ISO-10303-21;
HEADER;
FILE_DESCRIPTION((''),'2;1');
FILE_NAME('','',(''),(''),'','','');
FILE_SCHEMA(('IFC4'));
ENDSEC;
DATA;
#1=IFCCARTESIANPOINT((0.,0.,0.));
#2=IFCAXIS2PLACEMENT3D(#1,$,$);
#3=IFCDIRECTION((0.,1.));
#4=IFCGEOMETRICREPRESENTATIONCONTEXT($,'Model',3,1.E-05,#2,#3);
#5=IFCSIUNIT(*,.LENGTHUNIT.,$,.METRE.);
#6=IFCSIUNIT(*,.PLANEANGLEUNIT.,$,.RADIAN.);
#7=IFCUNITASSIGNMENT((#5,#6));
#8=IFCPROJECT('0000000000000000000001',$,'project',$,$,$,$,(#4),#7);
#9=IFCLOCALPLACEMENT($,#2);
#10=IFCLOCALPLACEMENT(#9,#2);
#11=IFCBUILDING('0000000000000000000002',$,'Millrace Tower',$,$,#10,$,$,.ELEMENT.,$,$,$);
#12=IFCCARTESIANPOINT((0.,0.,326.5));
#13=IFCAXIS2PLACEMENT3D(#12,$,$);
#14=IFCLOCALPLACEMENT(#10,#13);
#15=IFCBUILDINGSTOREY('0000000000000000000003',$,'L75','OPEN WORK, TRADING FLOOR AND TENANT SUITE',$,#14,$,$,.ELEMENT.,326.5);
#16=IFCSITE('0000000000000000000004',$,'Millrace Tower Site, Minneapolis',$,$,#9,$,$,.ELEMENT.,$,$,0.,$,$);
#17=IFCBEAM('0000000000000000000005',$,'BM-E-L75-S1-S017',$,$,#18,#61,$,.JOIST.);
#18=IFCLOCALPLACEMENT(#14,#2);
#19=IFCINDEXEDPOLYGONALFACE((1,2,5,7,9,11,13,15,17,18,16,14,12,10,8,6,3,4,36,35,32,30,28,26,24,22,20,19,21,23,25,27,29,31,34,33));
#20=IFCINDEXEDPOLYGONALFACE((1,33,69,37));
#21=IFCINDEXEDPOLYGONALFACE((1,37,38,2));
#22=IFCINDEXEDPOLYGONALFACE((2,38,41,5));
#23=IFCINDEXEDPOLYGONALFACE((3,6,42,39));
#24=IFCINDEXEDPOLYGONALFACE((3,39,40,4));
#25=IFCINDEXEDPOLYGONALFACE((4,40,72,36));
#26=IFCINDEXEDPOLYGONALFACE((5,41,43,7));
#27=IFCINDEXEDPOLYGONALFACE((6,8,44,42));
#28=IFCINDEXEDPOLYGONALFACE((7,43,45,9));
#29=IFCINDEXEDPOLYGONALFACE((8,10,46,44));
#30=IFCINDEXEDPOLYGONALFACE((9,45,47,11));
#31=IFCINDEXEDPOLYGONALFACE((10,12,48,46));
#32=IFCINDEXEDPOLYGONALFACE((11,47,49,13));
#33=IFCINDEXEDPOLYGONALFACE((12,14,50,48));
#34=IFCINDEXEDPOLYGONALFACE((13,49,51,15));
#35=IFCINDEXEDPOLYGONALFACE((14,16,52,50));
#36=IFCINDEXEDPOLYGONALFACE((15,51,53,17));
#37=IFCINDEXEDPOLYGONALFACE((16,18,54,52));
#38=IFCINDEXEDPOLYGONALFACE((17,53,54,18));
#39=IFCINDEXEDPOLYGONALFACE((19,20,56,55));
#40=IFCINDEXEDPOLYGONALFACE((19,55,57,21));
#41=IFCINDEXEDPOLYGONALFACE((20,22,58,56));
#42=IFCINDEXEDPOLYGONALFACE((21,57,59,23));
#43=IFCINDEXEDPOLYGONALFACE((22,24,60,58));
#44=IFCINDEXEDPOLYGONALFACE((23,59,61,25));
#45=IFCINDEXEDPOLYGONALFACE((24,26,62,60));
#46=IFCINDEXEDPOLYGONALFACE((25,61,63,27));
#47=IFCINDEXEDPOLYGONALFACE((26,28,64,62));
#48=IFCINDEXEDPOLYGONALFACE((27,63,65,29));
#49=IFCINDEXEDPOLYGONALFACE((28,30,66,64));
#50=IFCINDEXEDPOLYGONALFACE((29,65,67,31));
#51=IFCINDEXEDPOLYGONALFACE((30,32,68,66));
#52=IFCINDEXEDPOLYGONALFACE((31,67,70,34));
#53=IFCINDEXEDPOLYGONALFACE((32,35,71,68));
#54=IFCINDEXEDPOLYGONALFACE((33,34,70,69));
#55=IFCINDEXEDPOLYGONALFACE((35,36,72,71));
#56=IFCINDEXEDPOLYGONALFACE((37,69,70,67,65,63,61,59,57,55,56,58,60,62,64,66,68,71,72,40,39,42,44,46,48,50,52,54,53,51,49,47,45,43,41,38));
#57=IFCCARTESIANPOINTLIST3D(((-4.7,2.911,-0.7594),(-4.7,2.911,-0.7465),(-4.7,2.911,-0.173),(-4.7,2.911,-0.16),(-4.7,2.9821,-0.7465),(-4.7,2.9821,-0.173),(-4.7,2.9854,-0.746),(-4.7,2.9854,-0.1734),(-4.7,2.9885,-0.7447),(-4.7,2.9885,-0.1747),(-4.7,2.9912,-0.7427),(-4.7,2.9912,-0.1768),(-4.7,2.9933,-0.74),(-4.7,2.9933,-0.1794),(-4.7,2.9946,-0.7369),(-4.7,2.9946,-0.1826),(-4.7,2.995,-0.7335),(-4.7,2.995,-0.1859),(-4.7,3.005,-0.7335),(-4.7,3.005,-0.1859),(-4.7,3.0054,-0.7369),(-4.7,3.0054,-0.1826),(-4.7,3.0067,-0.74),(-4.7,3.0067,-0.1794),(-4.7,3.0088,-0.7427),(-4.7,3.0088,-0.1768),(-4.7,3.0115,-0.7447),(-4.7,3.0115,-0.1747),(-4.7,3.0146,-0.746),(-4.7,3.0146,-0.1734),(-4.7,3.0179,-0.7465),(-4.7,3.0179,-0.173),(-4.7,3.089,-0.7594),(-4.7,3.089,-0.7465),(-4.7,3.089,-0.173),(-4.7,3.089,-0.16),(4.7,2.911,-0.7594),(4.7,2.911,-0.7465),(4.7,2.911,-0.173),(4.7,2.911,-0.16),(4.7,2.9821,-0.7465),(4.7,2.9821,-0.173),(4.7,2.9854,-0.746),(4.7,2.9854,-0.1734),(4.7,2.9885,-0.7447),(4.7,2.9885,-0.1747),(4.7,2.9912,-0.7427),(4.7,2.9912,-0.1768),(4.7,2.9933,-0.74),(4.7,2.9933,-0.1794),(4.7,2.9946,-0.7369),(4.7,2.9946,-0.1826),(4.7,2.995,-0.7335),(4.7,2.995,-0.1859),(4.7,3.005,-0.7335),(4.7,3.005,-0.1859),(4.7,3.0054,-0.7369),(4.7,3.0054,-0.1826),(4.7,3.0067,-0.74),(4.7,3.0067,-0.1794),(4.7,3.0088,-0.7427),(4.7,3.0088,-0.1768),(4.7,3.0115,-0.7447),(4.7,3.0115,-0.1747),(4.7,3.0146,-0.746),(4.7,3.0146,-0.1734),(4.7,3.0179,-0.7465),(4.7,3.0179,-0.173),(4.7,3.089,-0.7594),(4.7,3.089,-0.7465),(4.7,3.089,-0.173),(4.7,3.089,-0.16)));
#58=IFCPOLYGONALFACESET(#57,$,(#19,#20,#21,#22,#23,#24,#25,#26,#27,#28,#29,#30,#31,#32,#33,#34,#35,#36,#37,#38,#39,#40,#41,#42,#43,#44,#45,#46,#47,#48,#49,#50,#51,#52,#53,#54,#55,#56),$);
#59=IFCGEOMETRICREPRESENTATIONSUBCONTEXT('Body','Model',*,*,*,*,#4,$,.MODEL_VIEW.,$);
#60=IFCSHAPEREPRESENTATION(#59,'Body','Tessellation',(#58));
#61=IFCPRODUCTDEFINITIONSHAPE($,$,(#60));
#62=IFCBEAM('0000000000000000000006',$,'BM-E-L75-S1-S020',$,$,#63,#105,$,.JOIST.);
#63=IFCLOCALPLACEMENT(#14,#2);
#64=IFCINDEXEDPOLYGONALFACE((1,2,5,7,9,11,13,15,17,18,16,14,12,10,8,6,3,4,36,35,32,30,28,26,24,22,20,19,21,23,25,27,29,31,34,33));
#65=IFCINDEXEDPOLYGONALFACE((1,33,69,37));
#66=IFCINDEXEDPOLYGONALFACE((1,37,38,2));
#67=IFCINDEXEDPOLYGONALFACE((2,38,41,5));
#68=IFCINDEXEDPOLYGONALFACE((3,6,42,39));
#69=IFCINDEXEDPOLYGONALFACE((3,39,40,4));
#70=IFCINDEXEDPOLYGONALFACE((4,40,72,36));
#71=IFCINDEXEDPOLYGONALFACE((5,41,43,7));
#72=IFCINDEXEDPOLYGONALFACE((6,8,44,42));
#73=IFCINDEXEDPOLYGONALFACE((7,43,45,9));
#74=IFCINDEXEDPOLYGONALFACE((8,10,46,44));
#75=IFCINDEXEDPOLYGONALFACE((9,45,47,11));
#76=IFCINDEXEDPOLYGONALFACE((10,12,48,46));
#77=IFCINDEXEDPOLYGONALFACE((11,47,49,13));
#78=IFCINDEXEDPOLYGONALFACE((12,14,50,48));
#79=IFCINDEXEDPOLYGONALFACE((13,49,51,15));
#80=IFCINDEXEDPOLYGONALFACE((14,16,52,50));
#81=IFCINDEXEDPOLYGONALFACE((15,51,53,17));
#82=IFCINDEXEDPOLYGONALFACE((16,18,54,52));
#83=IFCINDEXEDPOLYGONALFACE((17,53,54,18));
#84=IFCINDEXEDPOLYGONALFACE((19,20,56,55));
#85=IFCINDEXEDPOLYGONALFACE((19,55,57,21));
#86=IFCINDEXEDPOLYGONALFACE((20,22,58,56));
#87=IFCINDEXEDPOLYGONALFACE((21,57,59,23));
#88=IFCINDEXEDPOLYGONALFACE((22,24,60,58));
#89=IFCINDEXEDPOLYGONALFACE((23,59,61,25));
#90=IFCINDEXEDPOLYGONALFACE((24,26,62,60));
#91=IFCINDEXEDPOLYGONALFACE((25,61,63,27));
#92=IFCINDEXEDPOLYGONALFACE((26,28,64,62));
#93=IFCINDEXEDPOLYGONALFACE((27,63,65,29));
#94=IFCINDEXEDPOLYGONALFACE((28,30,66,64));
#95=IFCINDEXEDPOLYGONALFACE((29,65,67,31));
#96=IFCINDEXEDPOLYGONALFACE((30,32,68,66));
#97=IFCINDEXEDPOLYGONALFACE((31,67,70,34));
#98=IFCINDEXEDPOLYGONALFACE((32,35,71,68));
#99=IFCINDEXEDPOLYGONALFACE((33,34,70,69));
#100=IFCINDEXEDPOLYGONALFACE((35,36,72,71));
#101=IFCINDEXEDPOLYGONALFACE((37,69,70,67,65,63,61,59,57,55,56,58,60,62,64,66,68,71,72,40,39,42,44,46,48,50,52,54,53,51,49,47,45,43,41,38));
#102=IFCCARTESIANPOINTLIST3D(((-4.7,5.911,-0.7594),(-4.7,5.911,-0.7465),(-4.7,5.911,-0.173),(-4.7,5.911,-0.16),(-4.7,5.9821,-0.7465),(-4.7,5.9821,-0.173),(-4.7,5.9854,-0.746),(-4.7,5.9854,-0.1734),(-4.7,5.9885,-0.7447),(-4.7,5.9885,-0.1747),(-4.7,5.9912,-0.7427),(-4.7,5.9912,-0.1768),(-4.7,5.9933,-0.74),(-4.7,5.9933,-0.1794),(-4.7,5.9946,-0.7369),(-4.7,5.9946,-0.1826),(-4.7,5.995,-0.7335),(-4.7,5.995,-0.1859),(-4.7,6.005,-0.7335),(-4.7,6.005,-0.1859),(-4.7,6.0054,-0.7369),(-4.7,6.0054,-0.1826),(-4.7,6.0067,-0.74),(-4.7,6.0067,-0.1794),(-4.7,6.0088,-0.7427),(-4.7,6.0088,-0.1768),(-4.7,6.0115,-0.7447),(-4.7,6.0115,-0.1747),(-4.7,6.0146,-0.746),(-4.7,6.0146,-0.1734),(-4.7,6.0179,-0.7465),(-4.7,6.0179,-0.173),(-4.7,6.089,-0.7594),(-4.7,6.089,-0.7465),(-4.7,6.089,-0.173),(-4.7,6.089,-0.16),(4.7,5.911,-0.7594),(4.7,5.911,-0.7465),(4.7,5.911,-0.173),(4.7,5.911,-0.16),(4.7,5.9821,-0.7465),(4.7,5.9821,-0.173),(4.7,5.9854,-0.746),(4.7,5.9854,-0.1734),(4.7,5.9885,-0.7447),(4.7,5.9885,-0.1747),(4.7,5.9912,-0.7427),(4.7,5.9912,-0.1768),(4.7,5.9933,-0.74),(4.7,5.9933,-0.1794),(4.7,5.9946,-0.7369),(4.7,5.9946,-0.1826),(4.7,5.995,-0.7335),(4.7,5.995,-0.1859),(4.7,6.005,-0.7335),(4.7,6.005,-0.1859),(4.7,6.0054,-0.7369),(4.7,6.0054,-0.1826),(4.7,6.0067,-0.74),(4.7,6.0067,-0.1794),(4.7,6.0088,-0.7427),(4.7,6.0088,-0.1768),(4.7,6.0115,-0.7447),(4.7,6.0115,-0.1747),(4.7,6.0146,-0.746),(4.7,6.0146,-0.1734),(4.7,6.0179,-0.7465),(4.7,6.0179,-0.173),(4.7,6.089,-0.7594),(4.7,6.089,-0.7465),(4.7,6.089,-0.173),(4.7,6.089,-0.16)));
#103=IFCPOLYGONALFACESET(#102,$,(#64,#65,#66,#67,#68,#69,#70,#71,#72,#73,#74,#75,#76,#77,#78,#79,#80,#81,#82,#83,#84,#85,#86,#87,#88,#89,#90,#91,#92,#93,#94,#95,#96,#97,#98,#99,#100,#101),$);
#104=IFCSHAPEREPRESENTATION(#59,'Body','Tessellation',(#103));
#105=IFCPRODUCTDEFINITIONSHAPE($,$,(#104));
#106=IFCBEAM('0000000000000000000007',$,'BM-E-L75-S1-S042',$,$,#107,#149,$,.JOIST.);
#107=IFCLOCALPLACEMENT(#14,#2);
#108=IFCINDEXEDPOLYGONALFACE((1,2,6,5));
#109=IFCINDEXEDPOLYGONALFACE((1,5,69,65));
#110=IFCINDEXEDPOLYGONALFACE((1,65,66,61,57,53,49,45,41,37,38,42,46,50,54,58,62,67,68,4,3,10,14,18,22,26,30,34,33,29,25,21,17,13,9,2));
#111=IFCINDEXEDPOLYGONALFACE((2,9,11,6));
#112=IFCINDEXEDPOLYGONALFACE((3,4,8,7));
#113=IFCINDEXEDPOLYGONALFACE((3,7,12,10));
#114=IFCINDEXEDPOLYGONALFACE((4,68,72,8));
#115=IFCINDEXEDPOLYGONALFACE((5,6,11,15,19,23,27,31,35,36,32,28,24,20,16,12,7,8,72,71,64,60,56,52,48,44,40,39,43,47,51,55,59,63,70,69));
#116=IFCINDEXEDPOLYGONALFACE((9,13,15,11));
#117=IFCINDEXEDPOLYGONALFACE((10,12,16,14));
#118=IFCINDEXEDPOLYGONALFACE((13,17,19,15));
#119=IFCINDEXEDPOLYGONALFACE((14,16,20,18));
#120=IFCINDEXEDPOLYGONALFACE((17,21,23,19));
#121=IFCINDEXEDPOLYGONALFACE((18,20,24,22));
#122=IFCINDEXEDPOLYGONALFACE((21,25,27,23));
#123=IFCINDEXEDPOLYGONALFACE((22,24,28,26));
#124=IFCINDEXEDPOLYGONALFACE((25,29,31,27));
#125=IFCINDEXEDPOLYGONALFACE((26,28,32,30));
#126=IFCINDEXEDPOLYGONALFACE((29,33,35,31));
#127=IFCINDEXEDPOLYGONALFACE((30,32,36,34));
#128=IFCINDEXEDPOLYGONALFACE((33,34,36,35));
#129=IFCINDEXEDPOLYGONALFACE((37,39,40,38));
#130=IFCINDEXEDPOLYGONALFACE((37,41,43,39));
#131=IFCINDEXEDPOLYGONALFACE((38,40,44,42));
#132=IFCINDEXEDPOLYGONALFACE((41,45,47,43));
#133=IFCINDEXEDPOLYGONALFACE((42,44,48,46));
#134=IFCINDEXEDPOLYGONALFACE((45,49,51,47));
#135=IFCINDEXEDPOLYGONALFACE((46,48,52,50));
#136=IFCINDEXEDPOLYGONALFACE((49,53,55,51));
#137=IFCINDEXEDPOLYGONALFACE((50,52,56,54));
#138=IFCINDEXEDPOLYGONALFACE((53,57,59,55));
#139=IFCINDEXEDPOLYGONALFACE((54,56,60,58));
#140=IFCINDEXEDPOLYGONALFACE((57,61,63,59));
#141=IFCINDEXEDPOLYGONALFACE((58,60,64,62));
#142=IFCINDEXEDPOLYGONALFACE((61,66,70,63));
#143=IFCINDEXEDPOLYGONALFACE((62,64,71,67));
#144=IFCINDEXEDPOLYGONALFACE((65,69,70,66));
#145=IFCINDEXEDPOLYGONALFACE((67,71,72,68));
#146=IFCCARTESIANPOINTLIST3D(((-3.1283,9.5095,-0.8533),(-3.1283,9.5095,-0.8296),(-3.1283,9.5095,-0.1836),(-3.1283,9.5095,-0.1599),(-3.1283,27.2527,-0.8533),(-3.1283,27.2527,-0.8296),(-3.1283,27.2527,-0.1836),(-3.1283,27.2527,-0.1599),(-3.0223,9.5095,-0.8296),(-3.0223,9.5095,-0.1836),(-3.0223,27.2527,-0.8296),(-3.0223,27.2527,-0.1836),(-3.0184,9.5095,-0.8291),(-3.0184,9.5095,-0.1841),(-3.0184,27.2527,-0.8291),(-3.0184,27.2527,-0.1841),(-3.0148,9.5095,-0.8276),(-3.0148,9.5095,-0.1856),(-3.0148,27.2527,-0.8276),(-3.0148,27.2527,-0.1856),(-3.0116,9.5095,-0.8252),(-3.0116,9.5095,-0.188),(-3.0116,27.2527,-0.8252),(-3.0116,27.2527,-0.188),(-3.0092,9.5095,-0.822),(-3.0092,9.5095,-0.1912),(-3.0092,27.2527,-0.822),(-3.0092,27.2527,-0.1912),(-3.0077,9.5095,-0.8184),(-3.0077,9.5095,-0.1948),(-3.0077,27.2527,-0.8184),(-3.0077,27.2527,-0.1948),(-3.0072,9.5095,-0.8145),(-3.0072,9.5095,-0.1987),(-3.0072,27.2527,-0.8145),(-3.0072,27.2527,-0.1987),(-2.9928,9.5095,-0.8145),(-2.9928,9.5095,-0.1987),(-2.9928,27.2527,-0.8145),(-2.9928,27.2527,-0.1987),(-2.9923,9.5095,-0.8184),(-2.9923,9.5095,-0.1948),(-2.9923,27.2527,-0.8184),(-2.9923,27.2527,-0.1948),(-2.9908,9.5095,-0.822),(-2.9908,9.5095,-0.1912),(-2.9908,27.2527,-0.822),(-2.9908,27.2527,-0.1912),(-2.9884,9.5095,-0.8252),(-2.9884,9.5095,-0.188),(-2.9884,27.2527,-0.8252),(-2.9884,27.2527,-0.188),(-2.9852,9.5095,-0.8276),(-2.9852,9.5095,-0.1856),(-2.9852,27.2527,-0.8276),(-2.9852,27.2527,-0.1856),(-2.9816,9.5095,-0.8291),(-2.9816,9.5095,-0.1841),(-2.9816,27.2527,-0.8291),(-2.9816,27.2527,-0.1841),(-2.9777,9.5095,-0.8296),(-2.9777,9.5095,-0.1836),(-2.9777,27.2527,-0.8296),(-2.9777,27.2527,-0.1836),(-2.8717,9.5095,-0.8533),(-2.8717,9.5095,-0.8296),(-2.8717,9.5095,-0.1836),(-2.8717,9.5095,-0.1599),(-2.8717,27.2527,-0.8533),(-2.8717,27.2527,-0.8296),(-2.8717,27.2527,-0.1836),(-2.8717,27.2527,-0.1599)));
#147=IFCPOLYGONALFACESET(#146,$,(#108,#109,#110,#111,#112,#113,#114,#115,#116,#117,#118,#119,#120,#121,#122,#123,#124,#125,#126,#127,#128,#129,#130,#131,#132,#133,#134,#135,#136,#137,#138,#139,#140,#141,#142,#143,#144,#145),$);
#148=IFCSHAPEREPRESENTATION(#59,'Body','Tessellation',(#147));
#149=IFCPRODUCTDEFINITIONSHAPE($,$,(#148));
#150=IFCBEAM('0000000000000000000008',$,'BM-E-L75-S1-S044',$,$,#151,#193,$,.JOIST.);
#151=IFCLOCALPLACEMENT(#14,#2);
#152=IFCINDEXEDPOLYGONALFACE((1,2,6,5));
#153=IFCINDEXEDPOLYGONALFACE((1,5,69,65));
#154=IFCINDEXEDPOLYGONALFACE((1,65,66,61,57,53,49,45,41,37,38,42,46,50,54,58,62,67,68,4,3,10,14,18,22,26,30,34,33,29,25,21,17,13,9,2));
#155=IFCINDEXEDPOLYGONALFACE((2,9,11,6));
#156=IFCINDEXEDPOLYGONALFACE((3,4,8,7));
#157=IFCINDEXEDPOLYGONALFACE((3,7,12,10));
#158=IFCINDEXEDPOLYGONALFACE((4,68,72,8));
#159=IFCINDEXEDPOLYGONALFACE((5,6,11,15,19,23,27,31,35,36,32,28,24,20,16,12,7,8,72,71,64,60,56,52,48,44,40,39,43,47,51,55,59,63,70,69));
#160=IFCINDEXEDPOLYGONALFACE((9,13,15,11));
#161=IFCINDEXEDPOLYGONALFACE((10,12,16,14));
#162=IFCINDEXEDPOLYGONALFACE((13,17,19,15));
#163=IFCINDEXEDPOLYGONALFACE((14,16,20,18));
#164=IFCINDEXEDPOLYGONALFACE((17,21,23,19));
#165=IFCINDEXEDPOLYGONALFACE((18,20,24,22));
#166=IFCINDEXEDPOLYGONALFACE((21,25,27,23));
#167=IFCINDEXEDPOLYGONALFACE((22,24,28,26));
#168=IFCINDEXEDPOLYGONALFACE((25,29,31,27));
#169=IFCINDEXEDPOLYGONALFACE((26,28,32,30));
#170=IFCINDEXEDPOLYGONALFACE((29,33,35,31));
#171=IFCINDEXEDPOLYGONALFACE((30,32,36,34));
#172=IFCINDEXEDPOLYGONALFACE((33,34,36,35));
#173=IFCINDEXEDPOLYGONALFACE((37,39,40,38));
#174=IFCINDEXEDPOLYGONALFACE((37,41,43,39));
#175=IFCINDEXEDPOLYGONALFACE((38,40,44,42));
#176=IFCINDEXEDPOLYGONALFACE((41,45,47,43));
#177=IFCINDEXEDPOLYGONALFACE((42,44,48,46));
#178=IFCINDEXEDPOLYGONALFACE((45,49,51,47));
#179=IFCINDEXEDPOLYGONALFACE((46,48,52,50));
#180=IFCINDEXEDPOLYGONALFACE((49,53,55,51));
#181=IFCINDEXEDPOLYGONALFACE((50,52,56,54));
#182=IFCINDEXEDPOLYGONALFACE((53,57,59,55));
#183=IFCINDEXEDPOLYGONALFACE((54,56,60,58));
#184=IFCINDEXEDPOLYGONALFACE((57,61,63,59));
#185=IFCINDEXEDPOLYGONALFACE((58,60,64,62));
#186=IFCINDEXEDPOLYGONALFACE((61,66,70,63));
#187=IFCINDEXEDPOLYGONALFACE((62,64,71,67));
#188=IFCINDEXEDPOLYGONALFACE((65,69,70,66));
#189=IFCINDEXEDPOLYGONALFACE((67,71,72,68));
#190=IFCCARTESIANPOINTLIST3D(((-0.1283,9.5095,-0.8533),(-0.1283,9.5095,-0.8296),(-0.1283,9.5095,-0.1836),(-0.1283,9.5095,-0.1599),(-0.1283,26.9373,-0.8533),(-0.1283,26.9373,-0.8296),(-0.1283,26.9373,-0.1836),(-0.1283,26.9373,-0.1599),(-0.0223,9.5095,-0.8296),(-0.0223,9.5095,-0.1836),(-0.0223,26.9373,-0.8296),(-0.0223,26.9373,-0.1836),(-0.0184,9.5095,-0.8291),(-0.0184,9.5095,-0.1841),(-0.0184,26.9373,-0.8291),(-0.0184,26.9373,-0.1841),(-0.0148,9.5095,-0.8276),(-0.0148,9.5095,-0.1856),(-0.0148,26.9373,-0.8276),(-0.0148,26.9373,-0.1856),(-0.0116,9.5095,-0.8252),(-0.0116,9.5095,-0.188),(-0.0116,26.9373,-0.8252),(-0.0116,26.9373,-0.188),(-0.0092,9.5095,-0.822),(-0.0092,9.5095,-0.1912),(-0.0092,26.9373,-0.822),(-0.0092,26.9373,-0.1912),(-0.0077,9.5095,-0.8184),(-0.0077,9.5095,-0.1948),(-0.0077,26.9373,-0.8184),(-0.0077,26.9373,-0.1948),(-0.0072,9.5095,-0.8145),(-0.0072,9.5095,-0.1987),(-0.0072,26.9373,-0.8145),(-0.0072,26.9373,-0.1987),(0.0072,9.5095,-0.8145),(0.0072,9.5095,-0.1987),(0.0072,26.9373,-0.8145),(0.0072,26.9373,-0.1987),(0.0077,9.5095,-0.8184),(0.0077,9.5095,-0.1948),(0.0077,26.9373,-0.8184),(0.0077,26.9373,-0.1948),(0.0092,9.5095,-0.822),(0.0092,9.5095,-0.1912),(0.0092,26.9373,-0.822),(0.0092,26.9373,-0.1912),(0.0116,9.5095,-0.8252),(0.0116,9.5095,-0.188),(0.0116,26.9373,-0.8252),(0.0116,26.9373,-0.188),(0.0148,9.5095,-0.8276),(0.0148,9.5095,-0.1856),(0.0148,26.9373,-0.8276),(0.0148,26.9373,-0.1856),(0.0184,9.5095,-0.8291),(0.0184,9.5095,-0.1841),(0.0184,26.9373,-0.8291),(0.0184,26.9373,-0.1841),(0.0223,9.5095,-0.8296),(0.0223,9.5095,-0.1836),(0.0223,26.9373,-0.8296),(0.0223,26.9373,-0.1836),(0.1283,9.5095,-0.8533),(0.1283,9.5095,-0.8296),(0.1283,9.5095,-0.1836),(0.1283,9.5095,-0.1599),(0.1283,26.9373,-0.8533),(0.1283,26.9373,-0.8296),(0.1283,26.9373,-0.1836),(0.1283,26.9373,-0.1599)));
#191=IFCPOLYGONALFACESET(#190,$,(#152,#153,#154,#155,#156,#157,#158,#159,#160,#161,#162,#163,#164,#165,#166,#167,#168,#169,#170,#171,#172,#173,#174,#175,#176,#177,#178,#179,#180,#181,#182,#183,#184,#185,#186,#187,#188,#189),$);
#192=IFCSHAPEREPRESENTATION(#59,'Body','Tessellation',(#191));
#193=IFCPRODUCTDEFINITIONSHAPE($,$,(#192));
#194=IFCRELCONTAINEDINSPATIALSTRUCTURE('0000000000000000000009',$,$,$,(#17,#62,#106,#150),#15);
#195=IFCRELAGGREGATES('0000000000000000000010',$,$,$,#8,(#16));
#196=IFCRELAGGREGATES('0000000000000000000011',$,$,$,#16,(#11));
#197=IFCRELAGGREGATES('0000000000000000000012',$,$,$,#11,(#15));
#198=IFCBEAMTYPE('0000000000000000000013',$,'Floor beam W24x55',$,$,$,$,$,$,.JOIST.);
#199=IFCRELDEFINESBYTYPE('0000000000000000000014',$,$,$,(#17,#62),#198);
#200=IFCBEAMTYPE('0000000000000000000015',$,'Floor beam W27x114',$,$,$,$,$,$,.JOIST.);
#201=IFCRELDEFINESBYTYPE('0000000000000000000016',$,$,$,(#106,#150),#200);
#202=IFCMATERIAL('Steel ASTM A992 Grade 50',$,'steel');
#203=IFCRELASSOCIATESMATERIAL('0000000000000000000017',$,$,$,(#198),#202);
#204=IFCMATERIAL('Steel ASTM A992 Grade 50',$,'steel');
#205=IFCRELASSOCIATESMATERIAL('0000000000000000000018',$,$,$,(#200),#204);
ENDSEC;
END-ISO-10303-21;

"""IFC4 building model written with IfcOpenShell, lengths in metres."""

from ifc_helpers import new_model, si_unit, direction, frame, origin, origin_2d, place, context, subcontext, project, spatial, i_section, extrude, material, material_profile, profile_set, type_object, element, save


model = new_model("IFC4")

# Units and contexts
model_context = context("Model", 3, precision=1e-05, world=origin(), true_north=direction((0.0, 1.0)))
body_context = subcontext(model_context, "Body", "Model", "MODEL_VIEW")
ifc_project = project(units=[si_unit("LENGTHUNIT", "METRE"), si_unit("PLANEANGLEUNIT", "RADIAN")], contexts=[model_context])

# Site, building, storey
site_placement = place(None, origin())
site = spatial("IfcSite", under=ifc_project, at=site_placement, Name="Millrace Tower Site, Minneapolis", CompositionType="ELEMENT", RefElevation=0.0)
building_placement = place(site_placement, origin())
building = spatial("IfcBuilding", under=site, at=building_placement, Name="Millrace Tower", CompositionType="ELEMENT")
storey_placement = place(building_placement, frame((0.0, 0.0, 326.5)))
storey = spatial("IfcBuildingStorey", under=building, at=storey_placement, Name="L75", Description="OPEN WORK, TRADING FLOOR AND TENANT SUITE", CompositionType="ELEMENT", Elevation=326.5)

# Beams
ifc_material_1 = material(Name="Steel ASTM A992 Grade 50", Category="steel")
ifc_material_profile_1 = material_profile(ifc_material_1, i_section(OverallWidth=0.178, OverallDepth=0.5994, WebThickness=0.01, FlangeThickness=0.0129, FilletRadius=0.0129, at=origin_2d()))
ifc_profile_set_1 = profile_set([ifc_material_profile_1], Name="Steel ASTM A992 Grade 50")
beam_type_1 = type_object("IfcBeamType", Name="Floor beam W24x55", PredefinedType="JOIST", material=ifc_profile_set_1)
for number, where, z_axis, x_axis, name in (
    (1, (-4.7, 3.0, -0.4597), (1.0, 0.0, 0.0), (0.0, 1.0, 0.0), "BM-E-L75-S1-S017"),
    (2, (-4.7, 6.0, -0.4597), (1.0, 0.0, 0.0), (0.0, 1.0, 0.0), "BM-E-L75-S1-S020"),
):
    element("IfcBeam", number, at=place(storey_placement, frame(where, z_axis=z_axis, x_axis=x_axis)), inside=storey, type_object=beam_type_1, Name=name, PredefinedType="JOIST", context=body_context, shape_type="SweptSolid", body=[
        extrude(i_section(OverallWidth=0.178, OverallDepth=0.5994, WebThickness=0.01, FlangeThickness=0.0129, FilletRadius=0.0129, at=origin_2d()), origin(), (0.0, 0.0, 1.0), 9.3999),
    ])
ifc_material_2 = material(Name="Steel ASTM A992 Grade 50", Category="steel")
ifc_material_profile_2 = material_profile(ifc_material_2, i_section(OverallWidth=0.2566, OverallDepth=0.6934, WebThickness=0.0144, FlangeThickness=0.0237, FilletRadius=0.0151, at=origin_2d()))
ifc_profile_set_2 = profile_set([ifc_material_profile_2], Name="Steel ASTM A992 Grade 50")
beam_type_2 = type_object("IfcBeamType", Name="Floor beam W27x114", PredefinedType="JOIST", material=ifc_profile_set_2)
beam_1_placement = place(storey_placement, frame((-3.0, 9.5095, -0.5066), z_axis=(0.0, 1.0, 0.0), x_axis=(-1.0, 0.0, 0.0)))
element("IfcBeam", 3, at=beam_1_placement, inside=storey, type_object=beam_type_2, Name="BM-E-L75-S1-S042", PredefinedType="JOIST", context=body_context, shape_type="SweptSolid", body=[
    extrude(i_section(OverallWidth=0.2566, OverallDepth=0.6934, WebThickness=0.0144, FlangeThickness=0.0237, FilletRadius=0.0151, at=origin_2d()), origin(), (0.0, 0.0, 1.0), 17.7432),
])
beam_2_placement = place(storey_placement, frame((0.0, 9.5095, -0.5066), z_axis=(0.0, 1.0, 0.0), x_axis=(-1.0, 0.0, 0.0)))
element("IfcBeam", 4, at=beam_2_placement, inside=storey, type_object=beam_type_2, Name="BM-E-L75-S1-S044", PredefinedType="JOIST", context=body_context, shape_type="SweptSolid", body=[
    extrude(i_section(OverallWidth=0.2566, OverallDepth=0.6934, WebThickness=0.0144, FlangeThickness=0.0237, FilletRadius=0.0151, at=origin_2d()), origin(), (0.0, 0.0, 1.0), 17.4277),
])

save(model, "model.ifc")
